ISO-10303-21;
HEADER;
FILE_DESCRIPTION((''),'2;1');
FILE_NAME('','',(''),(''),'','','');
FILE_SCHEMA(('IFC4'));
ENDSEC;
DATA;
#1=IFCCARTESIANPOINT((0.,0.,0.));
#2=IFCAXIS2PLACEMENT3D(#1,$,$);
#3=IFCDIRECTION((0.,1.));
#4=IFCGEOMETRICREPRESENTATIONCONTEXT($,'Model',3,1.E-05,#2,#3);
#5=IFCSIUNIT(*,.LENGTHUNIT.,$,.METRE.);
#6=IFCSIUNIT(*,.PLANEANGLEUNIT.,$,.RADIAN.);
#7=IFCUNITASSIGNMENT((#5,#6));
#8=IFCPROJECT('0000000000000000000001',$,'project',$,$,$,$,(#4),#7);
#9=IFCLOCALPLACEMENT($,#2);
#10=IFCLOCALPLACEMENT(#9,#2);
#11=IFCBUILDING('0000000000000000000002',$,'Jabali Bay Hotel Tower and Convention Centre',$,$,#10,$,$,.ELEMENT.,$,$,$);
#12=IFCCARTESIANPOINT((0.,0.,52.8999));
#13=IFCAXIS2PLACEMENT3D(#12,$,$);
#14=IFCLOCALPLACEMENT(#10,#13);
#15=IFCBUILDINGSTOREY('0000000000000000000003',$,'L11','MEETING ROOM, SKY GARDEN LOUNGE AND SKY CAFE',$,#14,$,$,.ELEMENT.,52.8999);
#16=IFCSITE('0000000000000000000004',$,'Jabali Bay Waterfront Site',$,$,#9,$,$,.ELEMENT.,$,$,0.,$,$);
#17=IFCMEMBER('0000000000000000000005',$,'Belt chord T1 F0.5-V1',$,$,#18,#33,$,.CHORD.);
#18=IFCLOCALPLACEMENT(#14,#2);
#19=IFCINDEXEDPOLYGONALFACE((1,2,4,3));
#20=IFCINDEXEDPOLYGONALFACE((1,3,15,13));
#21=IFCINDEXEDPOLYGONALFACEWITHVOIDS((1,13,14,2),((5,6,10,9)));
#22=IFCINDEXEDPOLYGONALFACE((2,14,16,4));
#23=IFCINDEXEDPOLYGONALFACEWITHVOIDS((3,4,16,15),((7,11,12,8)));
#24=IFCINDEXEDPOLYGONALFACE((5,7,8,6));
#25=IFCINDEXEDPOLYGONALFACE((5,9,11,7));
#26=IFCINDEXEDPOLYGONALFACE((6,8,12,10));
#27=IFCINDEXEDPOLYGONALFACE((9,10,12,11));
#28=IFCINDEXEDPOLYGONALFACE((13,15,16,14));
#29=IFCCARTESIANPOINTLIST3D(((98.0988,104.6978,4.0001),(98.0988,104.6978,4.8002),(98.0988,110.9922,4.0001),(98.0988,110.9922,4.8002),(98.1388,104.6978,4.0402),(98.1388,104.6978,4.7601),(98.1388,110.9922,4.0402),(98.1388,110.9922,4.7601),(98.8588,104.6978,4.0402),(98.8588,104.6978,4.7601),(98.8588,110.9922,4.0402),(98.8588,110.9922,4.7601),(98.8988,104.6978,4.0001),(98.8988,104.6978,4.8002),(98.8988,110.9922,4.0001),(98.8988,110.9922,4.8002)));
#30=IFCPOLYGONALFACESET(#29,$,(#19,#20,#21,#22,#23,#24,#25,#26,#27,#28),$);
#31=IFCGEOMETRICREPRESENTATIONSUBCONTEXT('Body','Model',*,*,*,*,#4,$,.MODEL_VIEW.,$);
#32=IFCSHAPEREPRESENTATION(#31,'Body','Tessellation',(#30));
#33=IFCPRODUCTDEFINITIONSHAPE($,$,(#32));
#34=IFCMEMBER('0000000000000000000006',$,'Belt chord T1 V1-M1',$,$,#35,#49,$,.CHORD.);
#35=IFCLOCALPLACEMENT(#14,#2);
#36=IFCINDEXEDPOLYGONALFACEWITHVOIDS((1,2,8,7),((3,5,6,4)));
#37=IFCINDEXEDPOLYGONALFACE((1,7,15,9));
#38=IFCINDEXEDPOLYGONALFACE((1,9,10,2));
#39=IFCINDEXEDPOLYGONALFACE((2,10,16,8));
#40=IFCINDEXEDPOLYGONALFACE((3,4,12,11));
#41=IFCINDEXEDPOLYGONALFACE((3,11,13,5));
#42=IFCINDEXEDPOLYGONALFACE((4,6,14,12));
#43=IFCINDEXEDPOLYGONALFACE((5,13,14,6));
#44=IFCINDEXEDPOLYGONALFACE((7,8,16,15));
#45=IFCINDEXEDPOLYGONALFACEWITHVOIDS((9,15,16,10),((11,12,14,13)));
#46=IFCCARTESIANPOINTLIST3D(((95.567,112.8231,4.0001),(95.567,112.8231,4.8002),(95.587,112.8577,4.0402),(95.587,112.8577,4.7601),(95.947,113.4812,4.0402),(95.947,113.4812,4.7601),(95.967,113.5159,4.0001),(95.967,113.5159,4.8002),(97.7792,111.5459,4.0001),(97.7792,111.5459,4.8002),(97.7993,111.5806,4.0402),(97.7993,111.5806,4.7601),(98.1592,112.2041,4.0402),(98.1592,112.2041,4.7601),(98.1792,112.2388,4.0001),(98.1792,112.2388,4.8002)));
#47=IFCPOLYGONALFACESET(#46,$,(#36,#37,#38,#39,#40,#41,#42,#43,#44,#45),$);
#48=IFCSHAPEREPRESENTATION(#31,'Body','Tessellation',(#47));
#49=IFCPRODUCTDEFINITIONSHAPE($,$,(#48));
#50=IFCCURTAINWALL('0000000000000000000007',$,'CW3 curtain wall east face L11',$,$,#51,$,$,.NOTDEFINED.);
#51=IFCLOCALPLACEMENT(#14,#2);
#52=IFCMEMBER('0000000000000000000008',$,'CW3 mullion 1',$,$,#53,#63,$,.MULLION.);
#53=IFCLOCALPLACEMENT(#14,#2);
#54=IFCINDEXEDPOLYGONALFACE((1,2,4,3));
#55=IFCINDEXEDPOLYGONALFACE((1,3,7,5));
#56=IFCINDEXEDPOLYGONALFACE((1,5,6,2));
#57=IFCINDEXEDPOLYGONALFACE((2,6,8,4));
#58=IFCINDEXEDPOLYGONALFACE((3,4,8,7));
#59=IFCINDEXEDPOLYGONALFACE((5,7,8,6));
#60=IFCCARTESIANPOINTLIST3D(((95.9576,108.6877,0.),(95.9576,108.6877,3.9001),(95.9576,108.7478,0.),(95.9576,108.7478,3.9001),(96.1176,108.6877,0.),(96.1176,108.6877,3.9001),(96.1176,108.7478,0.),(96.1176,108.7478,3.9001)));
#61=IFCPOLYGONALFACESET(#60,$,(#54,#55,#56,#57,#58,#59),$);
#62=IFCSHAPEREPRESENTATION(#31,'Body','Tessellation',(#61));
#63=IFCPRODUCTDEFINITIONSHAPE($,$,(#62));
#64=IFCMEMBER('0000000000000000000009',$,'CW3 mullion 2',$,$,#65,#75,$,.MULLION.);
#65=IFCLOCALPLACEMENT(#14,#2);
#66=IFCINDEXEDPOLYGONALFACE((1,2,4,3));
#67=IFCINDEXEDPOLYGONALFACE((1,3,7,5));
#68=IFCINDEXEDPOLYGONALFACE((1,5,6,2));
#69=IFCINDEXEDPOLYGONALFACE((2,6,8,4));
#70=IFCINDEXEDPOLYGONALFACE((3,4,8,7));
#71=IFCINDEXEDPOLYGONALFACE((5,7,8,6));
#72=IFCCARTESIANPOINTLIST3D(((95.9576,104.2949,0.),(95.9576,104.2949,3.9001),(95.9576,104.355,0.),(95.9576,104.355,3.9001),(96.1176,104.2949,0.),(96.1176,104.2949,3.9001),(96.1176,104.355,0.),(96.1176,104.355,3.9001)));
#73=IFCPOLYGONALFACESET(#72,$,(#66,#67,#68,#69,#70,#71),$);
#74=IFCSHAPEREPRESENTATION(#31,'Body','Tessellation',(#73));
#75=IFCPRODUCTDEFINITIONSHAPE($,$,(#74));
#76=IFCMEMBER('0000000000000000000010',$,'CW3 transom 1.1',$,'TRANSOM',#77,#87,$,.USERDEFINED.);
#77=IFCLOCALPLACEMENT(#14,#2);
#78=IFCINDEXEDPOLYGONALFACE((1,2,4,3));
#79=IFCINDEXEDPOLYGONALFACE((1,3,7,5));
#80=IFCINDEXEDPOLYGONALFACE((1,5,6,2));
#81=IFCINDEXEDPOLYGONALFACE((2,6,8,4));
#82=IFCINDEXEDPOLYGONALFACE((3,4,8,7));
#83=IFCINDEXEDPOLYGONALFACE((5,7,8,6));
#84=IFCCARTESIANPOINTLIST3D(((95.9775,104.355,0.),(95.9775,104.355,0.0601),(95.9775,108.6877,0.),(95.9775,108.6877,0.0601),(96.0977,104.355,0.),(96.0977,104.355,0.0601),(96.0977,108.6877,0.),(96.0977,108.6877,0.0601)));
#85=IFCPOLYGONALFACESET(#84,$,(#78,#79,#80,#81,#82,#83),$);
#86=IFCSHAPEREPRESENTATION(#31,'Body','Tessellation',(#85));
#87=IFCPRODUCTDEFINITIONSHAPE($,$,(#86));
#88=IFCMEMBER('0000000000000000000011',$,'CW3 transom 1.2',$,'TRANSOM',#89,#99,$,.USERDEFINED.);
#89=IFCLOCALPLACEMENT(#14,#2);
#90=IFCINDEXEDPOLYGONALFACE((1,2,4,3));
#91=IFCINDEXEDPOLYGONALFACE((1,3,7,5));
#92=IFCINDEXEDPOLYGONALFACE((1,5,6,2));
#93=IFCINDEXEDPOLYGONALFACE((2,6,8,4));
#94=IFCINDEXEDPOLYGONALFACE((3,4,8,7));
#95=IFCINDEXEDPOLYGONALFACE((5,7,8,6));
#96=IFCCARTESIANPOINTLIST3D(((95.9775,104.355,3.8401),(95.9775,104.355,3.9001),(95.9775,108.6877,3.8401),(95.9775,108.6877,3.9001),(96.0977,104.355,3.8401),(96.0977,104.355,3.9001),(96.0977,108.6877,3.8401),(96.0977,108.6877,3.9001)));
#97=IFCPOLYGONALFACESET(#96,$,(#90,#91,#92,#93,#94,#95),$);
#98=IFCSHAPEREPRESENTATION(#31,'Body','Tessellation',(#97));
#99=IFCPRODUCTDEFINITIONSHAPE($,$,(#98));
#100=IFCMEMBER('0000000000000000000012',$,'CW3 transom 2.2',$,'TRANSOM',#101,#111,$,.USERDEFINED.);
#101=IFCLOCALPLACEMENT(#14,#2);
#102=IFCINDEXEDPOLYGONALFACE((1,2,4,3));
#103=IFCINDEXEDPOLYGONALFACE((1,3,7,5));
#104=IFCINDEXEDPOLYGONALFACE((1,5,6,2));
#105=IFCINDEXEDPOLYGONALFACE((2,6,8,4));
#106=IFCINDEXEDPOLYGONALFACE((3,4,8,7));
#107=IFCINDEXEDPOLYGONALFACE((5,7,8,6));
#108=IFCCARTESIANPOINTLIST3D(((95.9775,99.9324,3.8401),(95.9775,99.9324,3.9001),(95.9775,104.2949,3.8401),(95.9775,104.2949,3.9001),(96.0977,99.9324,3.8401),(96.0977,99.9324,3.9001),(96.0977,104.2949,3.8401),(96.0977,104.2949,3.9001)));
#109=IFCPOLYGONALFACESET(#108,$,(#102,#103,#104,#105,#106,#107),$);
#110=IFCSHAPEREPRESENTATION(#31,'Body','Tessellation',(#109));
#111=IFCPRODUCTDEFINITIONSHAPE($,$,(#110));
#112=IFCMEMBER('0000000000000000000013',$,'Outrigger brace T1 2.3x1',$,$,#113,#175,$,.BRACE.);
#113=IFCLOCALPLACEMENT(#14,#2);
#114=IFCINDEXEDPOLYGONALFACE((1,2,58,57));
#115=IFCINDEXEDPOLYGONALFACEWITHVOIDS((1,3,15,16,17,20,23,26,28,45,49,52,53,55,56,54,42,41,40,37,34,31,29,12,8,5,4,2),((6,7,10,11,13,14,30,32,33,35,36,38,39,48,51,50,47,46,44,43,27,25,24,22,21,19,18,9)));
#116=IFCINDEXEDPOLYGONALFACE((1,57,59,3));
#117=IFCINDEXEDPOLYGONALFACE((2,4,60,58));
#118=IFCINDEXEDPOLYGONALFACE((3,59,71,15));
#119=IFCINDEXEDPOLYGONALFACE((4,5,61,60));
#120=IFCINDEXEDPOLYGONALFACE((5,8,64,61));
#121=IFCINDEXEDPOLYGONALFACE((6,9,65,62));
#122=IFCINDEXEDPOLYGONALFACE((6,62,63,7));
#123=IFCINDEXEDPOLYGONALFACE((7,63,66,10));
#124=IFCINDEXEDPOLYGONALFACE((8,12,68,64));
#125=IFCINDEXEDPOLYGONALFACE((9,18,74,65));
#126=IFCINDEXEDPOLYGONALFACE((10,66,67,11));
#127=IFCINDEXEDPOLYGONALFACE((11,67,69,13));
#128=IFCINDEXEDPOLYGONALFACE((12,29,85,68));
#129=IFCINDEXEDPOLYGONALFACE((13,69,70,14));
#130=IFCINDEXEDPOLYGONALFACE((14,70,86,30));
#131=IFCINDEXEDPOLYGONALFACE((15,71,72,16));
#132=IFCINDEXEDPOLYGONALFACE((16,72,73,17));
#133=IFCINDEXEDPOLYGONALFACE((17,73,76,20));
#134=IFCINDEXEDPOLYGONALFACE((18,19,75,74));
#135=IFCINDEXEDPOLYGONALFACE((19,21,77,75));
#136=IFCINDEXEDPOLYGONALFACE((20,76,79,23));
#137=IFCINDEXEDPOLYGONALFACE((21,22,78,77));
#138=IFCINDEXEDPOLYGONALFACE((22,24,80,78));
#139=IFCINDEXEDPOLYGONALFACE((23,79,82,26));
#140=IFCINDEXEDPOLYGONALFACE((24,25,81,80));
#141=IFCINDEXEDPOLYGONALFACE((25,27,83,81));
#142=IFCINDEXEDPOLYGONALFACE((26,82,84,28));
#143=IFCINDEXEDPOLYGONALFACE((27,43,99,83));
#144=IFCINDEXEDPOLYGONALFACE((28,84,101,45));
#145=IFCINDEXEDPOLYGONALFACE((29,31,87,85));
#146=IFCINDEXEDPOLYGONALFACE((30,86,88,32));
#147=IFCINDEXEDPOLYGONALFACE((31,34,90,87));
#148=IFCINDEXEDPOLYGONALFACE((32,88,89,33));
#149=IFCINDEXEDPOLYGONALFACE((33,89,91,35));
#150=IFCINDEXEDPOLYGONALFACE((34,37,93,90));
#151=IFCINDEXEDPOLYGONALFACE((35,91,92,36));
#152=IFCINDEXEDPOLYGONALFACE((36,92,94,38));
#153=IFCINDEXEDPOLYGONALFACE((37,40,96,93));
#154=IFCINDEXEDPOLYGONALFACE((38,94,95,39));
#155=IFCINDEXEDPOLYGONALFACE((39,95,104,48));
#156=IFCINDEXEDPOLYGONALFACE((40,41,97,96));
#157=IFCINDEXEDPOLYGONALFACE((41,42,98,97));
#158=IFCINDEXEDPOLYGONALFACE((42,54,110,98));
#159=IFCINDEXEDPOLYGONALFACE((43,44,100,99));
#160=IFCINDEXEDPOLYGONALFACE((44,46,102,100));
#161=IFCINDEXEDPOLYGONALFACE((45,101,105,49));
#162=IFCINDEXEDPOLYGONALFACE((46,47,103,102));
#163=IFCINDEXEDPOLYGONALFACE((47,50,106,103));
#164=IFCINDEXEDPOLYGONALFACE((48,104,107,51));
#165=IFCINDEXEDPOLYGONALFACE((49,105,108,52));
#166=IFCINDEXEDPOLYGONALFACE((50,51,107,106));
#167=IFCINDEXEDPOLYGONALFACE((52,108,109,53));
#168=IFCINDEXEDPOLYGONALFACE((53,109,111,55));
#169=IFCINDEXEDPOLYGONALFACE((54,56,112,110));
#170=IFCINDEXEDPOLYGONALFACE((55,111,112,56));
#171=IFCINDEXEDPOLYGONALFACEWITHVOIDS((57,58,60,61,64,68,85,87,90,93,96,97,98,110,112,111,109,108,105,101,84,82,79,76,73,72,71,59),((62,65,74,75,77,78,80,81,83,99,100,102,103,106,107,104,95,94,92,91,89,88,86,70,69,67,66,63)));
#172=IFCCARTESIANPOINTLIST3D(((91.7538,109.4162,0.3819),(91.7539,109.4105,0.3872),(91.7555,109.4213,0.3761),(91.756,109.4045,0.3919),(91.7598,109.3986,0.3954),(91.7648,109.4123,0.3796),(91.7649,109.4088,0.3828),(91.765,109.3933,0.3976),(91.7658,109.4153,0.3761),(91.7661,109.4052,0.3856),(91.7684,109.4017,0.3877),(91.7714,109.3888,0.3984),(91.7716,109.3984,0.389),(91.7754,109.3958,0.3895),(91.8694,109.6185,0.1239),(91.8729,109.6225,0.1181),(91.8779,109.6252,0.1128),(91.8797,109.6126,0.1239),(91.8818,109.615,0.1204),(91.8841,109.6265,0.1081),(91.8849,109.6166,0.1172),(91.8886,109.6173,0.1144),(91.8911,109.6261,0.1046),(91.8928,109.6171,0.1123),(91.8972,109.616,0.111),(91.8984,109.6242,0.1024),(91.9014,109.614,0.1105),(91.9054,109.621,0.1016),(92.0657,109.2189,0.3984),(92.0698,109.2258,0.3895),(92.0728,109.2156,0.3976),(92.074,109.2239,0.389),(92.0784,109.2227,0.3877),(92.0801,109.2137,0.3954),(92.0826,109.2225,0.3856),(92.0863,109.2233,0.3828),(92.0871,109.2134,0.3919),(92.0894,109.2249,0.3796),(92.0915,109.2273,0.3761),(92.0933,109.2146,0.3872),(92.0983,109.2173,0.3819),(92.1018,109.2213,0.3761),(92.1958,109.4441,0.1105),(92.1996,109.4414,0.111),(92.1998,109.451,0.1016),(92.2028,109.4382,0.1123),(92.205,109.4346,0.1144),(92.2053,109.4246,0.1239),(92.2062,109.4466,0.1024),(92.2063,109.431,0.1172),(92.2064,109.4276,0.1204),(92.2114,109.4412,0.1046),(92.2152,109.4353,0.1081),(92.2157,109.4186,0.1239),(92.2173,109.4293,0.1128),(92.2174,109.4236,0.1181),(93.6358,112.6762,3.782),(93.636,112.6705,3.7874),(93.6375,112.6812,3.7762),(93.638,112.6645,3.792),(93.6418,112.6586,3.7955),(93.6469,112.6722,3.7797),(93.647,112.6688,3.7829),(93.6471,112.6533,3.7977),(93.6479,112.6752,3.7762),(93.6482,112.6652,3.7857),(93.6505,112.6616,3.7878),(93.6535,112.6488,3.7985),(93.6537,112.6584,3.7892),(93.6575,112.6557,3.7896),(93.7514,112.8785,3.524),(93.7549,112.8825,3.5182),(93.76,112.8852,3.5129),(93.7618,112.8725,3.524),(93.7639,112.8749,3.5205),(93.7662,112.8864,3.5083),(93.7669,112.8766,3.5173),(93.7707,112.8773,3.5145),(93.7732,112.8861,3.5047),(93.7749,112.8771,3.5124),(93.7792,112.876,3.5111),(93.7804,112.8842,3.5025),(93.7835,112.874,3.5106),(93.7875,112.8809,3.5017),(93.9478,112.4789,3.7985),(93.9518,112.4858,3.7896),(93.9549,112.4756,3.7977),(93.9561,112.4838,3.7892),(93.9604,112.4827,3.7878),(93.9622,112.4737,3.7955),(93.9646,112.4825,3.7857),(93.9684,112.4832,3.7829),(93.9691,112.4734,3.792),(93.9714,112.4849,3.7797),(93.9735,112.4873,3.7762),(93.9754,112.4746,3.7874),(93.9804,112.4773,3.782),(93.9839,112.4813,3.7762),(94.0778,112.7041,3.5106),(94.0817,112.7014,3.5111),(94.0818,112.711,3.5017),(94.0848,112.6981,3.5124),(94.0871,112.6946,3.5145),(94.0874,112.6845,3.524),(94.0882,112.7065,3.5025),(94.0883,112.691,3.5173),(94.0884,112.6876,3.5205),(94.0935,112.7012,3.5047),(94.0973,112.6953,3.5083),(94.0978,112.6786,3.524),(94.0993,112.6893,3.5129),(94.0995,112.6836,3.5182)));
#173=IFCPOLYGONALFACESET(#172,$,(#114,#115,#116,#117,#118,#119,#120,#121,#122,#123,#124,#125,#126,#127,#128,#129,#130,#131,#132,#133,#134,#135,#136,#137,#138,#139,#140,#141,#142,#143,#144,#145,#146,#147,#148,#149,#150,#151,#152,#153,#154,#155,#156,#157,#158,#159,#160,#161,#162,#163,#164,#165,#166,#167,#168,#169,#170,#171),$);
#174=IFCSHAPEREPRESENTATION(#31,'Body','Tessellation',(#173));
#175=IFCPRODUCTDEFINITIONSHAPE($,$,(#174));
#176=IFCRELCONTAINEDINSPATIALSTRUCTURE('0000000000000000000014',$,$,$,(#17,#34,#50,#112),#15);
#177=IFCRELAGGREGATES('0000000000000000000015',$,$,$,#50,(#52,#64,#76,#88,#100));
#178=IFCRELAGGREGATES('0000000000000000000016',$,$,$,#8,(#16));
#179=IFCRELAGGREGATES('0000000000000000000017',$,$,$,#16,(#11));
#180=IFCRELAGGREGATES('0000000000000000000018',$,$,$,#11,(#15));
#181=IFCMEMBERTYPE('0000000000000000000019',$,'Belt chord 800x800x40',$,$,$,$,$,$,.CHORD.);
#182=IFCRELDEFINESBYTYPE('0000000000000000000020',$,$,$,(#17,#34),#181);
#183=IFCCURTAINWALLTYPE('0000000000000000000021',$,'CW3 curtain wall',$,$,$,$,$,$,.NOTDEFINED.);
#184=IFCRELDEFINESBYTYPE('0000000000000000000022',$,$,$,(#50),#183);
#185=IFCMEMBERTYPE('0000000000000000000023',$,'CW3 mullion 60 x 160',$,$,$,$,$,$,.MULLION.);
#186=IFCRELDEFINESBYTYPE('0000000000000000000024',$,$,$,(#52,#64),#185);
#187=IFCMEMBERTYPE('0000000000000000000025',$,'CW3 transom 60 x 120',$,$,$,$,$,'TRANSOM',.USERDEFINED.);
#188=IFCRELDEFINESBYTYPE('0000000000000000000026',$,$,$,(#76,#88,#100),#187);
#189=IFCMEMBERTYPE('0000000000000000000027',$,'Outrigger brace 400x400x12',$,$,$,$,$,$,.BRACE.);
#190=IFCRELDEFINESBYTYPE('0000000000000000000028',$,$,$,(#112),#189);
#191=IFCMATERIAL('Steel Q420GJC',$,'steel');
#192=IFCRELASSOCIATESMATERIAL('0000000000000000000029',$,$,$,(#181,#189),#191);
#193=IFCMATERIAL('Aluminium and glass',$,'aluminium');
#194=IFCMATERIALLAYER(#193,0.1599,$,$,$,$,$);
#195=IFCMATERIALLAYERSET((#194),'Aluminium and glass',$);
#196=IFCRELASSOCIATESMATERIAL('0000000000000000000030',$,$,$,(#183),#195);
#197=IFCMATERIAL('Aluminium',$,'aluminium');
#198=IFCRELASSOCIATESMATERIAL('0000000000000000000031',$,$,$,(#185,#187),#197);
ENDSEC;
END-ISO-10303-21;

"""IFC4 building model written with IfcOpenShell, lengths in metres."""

from ifc_helpers import new_model, si_unit, direction, frame, origin, origin_2d, place, context, subcontext, project, spatial, rectangle, hollow_rectangle, extrude, material, layer, layer_set, material_profile, profile_set, type_object, element, aggregate, save


model = new_model("IFC4")

# Units and contexts
model_context = context("Model", 3, precision=1e-05, world=origin(), true_north=direction((0.0, 1.0)))
body_context = subcontext(model_context, "Body", "Model", "MODEL_VIEW")
ifc_project = project(units=[si_unit("LENGTHUNIT", "METRE"), si_unit("PLANEANGLEUNIT", "RADIAN")], contexts=[model_context])

# Site, building, storey
site_placement = place(None, origin())
site = spatial("IfcSite", under=ifc_project, at=site_placement, Name="Jabali Bay Waterfront Site", CompositionType="ELEMENT", RefElevation=0.0)
building_placement = place(site_placement, origin())
building = spatial("IfcBuilding", under=site, at=building_placement, Name="Jabali Bay Hotel Tower and Convention Centre", CompositionType="ELEMENT")
storey_placement = place(building_placement, frame((0.0, 0.0, 52.8999)))
storey = spatial("IfcBuildingStorey", under=building, at=storey_placement, Name="L11", Description="MEETING ROOM, SKY GARDEN LOUNGE AND SKY CAFE", CompositionType="ELEMENT", Elevation=52.8999)

# Members
ifc_material_1 = material(Name="Steel Q420GJC", Category="steel")
ifc_material_profile_1 = material_profile(ifc_material_1, hollow_rectangle(XDim=0.8, YDim=0.8, WallThickness=0.04, at=origin_2d()), Name="Belt chord 800x800x40")
ifc_profile_set_1 = profile_set([ifc_material_profile_1], Name="Steel Q420GJC")
member_type_1 = type_object("IfcMemberType", Name="Belt chord 800x800x40", PredefinedType="CHORD", material=ifc_profile_set_1)
member_1_placement = place(storey_placement, frame((98.4988, 104.6978, 4.4001), z_axis=(0.0, 1.0, 0.0), x_axis=(-1.0, 0.0, 0.0)))
element("IfcMember", 1, at=member_1_placement, inside=storey, type_object=member_type_1, Name="Belt chord T1 F0.5-V1", PredefinedType="CHORD", context=body_context, shape_type="SweptSolid", body=[
    extrude(hollow_rectangle(XDim=0.8, YDim=0.8, WallThickness=0.04, at=origin_2d()), origin(), (0.0, 0.0, 1.0), 6.2944),
])
member_2_placement = place(storey_placement, frame((97.9792, 111.8923, 4.4001), z_axis=(-0.866041, 0.499973, 0.0), x_axis=(-0.499973, -0.866041, 0.0)))
element("IfcMember", 2, at=member_2_placement, inside=storey, type_object=member_type_1, Name="Belt chord T1 V1-M1", PredefinedType="CHORD", context=body_context, shape_type="SweptSolid", body=[
    extrude(hollow_rectangle(XDim=0.8, YDim=0.8, WallThickness=0.04, at=origin_2d()), origin(), (0.0, 0.0, 1.0), 2.5544),
])

# Curtain wall, members
ifc_material_2 = material(Name="Aluminium and glass", Category="aluminium")
ifc_layer_1 = layer(ifc_material_2, 0.1599)
ifc_layer_set_1 = layer_set([ifc_layer_1], Name="Aluminium and glass")
curtain_wall_type = type_object("IfcCurtainWallType", Name="CW3 curtain wall", PredefinedType="NOTDEFINED", material=ifc_layer_set_1)
curtain_wall_placement = place(storey_placement, origin())
curtain_wall = element("IfcCurtainWall", 3, at=curtain_wall_placement, inside=storey, type_object=curtain_wall_type, Name="CW3 curtain wall east face L11", PredefinedType="NOTDEFINED")
ifc_material_3 = material(Name="Aluminium", Category="aluminium")
ifc_material_profile_2 = material_profile(ifc_material_3, rectangle(XDim=0.1599, YDim=0.0601, at=origin_2d()), Name="CW3 mullion 60 x 160")
ifc_profile_set_2 = profile_set([ifc_material_profile_2], Name="Aluminium")
member_type_2 = type_object("IfcMemberType", Name="CW3 mullion 60 x 160", PredefinedType="MULLION", material=ifc_profile_set_2)
member_3_placement = place(storey_placement, frame((96.0376, 108.7178, 0.0), z_axis=(0.0, 0.0, 1.0), x_axis=(1.0, 0.0, 0.0)))
member_3 = element("IfcMember", 4, at=member_3_placement, type_object=member_type_2, Name="CW3 mullion 1", PredefinedType="MULLION", context=body_context, shape_type="SweptSolid", body=[
    extrude(rectangle(XDim=0.1599, YDim=0.0601, at=origin_2d()), origin(), (0.0, 0.0, 1.0), 3.9001),
])
member_4_placement = place(storey_placement, frame((96.0376, 104.325, 0.0), z_axis=(0.0, 0.0, 1.0), x_axis=(1.0, 0.0, 0.0)))
member_4 = element("IfcMember", 5, at=member_4_placement, type_object=member_type_2, Name="CW3 mullion 2", PredefinedType="MULLION", context=body_context, shape_type="SweptSolid", body=[
    extrude(rectangle(XDim=0.1599, YDim=0.0601, at=origin_2d()), origin(), (0.0, 0.0, 1.0), 3.9001),
])
ifc_material_profile_3 = material_profile(ifc_material_3, rectangle(XDim=0.1201, YDim=0.0601, at=origin_2d()), Name="CW3 transom 60 x 120")
ifc_profile_set_3 = profile_set([ifc_material_profile_3], Name="Aluminium")
member_type_3 = type_object("IfcMemberType", Name="CW3 transom 60 x 120", ElementType="TRANSOM", PredefinedType="USERDEFINED", material=ifc_profile_set_3)
member_5_placement = place(storey_placement, frame((96.0376, 108.6877, 0.03), z_axis=(0.0, -1.0, 0.0), x_axis=(1.0, 0.0, 0.0)))
member_5 = element("IfcMember", 6, at=member_5_placement, type_object=member_type_3, Name="CW3 transom 1.1", ObjectType="TRANSOM", PredefinedType="USERDEFINED", context=body_context, shape_type="SweptSolid", body=[
    extrude(rectangle(XDim=0.1201, YDim=0.0601, at=origin_2d()), origin(), (0.0, 0.0, 1.0), 4.3328),
])
member_6_placement = place(storey_placement, frame((96.0376, 108.6877, 3.8701), z_axis=(0.0, -1.0, 0.0), x_axis=(1.0, 0.0, 0.0)))
member_6 = element("IfcMember", 7, at=member_6_placement, type_object=member_type_3, Name="CW3 transom 1.2", ObjectType="TRANSOM", PredefinedType="USERDEFINED", context=body_context, shape_type="SweptSolid", body=[
    extrude(rectangle(XDim=0.1201, YDim=0.0601, at=origin_2d()), origin(), (0.0, 0.0, 1.0), 4.3328),
])
member_7_placement = place(storey_placement, frame((96.0376, 104.2949, 3.8701), z_axis=(0.0, -1.0, 0.0), x_axis=(1.0, 0.0, 0.0)))
member_7 = element("IfcMember", 8, at=member_7_placement, type_object=member_type_3, Name="CW3 transom 2.2", ObjectType="TRANSOM", PredefinedType="USERDEFINED", context=body_context, shape_type="SweptSolid", body=[
    extrude(rectangle(XDim=0.1201, YDim=0.0601, at=origin_2d()), origin(), (0.0, 0.0, 1.0), 4.3625),
])

# Member
ifc_material_profile_4 = material_profile(ifc_material_1, hollow_rectangle(XDim=0.3999, YDim=0.3999, WallThickness=0.012, InnerFilletRadius=0.0181, OuterFilletRadius=0.03, at=origin_2d()), Name="Outrigger brace 400x400x12")
ifc_profile_set_4 = profile_set([ifc_material_profile_4], Name="Steel Q420GJC")
member_type_4 = type_object("IfcMemberType", Name="Outrigger brace 400x400x12", PredefinedType="BRACE", material=ifc_profile_set_4)
member_8_placement = place(storey_placement, frame((91.9856, 109.4199, 0.25), z_axis=(0.371031, 0.642675, 0.670302), x_axis=(-0.866035, 0.499983, 0.0)))
element("IfcMember", 9, at=member_8_placement, inside=storey, type_object=member_type_4, Name="Outrigger brace T1 2.3x1", PredefinedType="BRACE", context=body_context, shape_type="SweptSolid", body=[
    extrude(hollow_rectangle(XDim=0.3999, YDim=0.3999, WallThickness=0.012, InnerFilletRadius=0.0181, OuterFilletRadius=0.03, at=origin_2d()), origin(), (0.0, 0.0, 1.0), 5.0725),
])

aggregate(curtain_wall, [member_3, member_4, member_5, member_6, member_7])

save(model, "model.ifc")
